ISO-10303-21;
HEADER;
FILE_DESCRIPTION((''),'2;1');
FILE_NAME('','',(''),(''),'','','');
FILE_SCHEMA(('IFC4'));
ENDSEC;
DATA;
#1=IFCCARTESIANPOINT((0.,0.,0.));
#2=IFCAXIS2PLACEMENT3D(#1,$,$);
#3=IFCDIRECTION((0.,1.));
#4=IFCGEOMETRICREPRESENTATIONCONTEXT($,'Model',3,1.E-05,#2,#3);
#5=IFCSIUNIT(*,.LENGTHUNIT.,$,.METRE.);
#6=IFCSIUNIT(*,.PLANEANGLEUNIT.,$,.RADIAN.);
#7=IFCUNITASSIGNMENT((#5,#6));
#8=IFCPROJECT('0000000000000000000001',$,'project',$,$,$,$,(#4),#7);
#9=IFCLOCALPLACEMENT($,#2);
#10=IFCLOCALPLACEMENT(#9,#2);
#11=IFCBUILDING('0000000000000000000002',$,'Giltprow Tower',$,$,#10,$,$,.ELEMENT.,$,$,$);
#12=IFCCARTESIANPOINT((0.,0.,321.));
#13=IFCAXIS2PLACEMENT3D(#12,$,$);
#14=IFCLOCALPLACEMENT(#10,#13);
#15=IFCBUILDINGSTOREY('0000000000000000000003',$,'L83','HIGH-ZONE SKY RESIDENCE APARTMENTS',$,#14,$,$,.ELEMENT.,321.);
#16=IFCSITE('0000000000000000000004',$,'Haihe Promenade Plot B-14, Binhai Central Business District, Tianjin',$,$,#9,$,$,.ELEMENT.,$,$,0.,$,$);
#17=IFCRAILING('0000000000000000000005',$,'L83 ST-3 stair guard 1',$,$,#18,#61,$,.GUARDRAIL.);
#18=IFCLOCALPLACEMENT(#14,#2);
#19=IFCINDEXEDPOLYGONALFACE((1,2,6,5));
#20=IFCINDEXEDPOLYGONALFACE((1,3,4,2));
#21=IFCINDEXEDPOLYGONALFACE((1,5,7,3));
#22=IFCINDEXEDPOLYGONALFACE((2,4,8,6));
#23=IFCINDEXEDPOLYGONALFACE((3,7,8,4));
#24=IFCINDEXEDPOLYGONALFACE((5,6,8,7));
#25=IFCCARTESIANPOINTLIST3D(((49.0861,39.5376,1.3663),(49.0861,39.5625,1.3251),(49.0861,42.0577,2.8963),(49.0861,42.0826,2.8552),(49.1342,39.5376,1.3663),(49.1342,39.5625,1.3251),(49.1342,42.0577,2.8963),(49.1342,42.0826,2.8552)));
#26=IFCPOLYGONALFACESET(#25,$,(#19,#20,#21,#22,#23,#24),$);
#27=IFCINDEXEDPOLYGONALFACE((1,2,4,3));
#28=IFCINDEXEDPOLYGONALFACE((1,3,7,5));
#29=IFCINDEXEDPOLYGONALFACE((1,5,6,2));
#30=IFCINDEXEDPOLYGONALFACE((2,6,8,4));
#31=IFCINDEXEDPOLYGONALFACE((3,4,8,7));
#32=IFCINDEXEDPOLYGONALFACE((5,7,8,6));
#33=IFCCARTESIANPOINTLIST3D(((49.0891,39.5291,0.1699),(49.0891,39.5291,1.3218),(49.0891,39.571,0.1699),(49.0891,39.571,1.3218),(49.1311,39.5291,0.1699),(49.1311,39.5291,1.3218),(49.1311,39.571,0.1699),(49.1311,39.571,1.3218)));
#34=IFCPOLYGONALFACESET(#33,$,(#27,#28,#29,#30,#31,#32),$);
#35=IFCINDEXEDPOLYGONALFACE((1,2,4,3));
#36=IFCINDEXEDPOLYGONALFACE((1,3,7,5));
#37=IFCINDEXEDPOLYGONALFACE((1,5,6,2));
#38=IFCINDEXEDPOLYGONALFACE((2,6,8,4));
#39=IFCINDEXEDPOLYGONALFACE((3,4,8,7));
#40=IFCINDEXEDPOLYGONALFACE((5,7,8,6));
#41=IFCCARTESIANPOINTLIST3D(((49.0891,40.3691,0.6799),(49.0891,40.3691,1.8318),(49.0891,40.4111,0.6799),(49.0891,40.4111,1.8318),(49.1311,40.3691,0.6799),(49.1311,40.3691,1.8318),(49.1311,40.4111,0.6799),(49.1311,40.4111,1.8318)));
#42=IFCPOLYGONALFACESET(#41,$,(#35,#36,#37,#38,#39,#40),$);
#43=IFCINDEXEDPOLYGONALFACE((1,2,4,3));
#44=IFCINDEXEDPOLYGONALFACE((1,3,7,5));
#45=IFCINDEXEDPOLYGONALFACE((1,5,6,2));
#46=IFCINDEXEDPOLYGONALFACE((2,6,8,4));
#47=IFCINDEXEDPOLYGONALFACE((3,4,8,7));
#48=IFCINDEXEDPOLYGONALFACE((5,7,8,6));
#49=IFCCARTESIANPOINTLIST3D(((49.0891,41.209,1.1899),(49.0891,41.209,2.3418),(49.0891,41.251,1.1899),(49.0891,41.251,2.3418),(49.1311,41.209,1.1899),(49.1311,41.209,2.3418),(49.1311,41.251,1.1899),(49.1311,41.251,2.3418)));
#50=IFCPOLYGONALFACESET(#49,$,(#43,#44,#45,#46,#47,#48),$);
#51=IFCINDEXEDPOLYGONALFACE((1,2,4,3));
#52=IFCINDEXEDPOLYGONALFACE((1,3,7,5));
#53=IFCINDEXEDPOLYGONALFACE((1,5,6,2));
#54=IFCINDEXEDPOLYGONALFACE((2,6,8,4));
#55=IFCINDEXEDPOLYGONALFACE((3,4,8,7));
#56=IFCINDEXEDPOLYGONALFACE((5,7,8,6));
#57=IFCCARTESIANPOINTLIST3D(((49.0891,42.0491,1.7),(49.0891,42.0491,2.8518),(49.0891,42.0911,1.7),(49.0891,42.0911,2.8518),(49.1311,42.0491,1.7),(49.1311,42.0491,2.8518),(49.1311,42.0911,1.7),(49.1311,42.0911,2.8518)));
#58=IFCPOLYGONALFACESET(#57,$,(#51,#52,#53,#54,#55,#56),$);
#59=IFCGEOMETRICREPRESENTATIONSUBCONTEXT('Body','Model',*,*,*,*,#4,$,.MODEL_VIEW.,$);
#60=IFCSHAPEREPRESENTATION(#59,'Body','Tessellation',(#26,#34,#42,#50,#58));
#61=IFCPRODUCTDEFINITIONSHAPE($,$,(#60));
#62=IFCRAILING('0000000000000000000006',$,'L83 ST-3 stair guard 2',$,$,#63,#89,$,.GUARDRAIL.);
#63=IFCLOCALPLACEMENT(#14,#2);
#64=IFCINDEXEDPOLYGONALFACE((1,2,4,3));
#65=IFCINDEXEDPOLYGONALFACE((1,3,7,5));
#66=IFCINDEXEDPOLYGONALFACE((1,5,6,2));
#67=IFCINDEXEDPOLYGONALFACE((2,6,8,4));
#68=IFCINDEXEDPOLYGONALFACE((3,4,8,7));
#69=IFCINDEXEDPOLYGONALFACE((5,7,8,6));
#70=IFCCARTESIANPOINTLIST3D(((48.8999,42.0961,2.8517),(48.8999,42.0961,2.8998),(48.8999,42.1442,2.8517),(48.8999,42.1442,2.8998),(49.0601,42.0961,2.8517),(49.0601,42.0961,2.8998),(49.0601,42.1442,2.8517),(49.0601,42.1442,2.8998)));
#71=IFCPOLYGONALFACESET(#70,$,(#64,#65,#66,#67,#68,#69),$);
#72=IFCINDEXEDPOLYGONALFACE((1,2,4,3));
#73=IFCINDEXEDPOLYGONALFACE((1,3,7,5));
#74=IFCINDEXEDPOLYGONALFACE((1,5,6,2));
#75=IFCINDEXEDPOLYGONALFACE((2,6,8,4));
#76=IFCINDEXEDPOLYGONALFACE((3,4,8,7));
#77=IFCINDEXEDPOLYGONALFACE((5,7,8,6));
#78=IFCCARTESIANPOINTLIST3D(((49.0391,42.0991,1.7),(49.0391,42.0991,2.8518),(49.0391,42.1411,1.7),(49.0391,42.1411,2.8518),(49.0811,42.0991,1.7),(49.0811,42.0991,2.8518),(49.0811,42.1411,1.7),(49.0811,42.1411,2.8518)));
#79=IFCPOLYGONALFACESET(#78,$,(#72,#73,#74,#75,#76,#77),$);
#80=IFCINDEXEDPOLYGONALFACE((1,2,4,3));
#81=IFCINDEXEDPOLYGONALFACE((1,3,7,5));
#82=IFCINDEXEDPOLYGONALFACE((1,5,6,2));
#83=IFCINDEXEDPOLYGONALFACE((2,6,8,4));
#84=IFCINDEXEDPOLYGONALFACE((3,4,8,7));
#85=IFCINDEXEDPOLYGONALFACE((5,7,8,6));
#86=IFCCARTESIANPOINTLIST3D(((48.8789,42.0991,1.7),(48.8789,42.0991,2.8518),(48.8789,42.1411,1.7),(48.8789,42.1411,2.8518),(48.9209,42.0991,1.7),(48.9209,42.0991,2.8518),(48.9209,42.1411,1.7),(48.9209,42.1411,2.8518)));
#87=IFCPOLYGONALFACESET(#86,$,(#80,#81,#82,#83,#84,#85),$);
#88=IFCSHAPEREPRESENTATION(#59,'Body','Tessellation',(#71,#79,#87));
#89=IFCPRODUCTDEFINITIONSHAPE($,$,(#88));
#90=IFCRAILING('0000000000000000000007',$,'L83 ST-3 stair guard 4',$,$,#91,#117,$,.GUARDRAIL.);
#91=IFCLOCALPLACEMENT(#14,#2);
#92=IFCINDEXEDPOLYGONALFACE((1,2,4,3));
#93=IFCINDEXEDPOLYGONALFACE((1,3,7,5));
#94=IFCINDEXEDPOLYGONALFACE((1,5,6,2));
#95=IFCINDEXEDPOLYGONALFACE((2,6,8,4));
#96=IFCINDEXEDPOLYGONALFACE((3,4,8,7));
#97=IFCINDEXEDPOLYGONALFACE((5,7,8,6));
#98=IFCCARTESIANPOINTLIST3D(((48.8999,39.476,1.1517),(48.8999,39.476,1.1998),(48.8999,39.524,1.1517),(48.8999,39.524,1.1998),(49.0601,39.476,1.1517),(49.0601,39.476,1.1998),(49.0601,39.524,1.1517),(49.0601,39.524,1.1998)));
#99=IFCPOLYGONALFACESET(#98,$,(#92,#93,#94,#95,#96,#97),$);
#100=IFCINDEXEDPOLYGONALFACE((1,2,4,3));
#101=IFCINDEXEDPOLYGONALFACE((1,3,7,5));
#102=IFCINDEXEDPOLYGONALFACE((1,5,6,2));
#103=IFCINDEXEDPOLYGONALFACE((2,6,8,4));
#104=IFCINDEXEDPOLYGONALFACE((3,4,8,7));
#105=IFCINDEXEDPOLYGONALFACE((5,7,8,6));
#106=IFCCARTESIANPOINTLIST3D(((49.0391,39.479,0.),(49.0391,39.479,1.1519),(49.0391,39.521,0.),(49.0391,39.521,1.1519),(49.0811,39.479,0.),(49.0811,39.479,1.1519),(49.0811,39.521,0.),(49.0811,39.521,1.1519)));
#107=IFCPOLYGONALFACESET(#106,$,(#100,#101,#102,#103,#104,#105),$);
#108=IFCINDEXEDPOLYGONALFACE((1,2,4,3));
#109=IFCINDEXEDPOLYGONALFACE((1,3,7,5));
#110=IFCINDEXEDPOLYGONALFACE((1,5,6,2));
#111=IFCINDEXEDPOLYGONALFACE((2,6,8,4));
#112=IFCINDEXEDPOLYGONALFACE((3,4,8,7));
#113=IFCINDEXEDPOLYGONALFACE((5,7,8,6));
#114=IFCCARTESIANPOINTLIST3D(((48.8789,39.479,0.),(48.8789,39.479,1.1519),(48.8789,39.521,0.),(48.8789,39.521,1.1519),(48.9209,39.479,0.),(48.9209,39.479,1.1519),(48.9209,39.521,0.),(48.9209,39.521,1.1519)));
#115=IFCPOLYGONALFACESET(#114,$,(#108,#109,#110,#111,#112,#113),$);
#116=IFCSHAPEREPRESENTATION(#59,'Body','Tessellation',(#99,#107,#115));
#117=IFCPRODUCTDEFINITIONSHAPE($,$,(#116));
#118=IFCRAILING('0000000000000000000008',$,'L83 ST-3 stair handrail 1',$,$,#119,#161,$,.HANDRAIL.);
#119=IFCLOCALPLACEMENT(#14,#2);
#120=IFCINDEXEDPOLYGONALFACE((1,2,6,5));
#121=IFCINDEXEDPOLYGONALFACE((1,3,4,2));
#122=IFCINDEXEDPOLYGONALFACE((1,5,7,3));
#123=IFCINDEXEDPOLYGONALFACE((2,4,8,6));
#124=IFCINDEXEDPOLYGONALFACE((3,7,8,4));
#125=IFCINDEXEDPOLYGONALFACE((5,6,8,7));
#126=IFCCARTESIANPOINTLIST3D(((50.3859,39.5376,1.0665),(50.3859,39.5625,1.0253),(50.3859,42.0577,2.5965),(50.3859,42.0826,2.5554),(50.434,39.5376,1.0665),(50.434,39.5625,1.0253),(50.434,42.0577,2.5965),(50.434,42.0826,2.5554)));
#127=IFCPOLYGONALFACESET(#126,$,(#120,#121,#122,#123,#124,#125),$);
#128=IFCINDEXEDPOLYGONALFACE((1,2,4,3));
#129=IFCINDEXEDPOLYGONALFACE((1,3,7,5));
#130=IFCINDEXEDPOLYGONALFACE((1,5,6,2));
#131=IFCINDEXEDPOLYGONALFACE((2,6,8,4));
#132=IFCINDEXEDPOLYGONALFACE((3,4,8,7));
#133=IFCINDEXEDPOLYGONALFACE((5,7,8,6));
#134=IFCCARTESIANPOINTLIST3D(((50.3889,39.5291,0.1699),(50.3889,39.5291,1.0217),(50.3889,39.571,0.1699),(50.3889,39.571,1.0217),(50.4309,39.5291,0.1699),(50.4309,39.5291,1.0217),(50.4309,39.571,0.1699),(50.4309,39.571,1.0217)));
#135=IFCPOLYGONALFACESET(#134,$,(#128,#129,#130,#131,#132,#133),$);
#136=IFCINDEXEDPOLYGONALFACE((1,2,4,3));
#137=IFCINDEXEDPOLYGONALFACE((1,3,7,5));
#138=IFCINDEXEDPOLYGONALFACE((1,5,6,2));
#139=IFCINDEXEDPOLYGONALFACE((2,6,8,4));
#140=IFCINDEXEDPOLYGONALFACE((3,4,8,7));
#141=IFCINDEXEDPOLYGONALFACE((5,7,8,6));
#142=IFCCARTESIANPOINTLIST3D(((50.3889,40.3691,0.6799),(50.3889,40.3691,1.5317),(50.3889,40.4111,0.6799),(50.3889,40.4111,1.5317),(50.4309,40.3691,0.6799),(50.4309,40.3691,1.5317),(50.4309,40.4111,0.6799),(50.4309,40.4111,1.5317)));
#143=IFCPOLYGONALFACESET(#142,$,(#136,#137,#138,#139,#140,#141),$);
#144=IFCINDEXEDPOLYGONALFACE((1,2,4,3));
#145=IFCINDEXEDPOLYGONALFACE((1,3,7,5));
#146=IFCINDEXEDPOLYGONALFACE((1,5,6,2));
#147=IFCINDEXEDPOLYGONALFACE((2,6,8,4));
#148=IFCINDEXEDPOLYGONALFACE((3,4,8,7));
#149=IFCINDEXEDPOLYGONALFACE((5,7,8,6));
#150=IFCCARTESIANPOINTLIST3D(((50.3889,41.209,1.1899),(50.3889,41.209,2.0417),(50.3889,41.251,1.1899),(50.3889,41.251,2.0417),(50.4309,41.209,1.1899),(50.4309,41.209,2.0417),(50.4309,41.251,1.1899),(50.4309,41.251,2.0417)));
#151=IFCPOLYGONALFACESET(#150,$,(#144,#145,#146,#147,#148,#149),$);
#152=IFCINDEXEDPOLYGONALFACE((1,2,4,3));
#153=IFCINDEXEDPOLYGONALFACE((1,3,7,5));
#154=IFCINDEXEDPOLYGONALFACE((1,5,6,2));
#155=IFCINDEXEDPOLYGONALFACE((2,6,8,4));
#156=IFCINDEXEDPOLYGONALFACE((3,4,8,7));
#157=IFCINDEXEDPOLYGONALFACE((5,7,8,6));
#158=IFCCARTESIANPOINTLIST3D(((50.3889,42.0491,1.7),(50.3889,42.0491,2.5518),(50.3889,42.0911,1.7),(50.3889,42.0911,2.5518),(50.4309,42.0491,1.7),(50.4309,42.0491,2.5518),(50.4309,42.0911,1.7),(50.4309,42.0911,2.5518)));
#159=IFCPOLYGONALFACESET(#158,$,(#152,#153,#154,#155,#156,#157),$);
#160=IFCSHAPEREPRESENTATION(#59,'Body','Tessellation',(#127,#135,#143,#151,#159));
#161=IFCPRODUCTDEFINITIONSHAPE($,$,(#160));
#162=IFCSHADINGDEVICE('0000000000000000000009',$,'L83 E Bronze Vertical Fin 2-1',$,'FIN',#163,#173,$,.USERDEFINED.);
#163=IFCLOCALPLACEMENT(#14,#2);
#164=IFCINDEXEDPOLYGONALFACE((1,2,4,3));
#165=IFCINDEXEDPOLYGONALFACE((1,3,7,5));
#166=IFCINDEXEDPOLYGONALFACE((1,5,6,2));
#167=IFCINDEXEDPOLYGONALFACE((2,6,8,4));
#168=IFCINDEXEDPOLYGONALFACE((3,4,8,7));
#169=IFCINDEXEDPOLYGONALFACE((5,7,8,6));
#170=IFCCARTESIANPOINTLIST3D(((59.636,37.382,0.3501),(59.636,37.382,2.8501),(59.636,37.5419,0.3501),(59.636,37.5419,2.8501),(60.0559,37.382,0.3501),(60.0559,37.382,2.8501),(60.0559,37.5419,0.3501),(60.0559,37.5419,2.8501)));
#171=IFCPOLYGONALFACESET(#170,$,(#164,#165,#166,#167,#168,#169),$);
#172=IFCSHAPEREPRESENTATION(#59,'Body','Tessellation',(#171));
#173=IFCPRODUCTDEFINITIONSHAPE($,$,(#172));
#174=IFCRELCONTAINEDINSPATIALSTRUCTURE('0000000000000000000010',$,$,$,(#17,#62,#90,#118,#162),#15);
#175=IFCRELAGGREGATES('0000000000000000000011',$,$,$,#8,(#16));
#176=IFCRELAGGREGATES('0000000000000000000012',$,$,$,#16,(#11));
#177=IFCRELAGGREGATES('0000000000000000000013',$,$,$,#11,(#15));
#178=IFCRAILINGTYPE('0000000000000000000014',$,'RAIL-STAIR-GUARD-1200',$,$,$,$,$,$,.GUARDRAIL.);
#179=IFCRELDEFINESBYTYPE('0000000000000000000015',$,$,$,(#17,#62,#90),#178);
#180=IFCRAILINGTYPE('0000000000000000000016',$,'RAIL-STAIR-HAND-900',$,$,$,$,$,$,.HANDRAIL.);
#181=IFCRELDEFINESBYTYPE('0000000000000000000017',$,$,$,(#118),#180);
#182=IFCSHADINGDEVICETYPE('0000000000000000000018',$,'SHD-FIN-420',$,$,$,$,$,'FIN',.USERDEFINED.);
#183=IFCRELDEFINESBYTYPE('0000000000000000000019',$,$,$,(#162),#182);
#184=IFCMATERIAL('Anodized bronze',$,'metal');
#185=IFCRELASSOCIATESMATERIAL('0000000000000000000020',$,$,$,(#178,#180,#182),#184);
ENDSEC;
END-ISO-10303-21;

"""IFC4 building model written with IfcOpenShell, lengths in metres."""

from ifc_helpers import new_model, si_unit, direction, frame, origin, origin_2d, place, context, subcontext, project, spatial, rectangle, extrude, source, transform, mapped, material, type_object, element, save


model = new_model("IFC4")

# Units and contexts
model_context = context("Model", 3, precision=1e-05, world=origin(), true_north=direction((0.0, 1.0)))
body_context = subcontext(model_context, "Body", "Model", "MODEL_VIEW")
ifc_project = project(units=[si_unit("LENGTHUNIT", "METRE"), si_unit("PLANEANGLEUNIT", "RADIAN")], contexts=[model_context])

# Site, building, storey
site_placement = place(None, origin())
site = spatial("IfcSite", under=ifc_project, at=site_placement, Name="Haihe Promenade Plot B-14, Binhai Central Business District, Tianjin", CompositionType="ELEMENT", RefElevation=0.0)
building_placement = place(site_placement, origin())
building = spatial("IfcBuilding", under=site, at=building_placement, Name="Giltprow Tower", CompositionType="ELEMENT")
storey_placement = place(building_placement, frame((0.0, 0.0, 321.0)))
storey = spatial("IfcBuildingStorey", under=building, at=storey_placement, Name="L83", Description="HIGH-ZONE SKY RESIDENCE APARTMENTS", CompositionType="ELEMENT", Elevation=321.0)

# Railings
ifc_material_1 = material(Name="Anodized bronze", Category="metal")
railing_type_1 = type_object("IfcRailingType", Name="RAIL-STAIR-GUARD-1200", PredefinedType="GUARDRAIL", material=ifc_material_1)
railing_1_placement = place(storey_placement, frame((49.1101, 39.55, 0.1699)))
element("IfcRailing", 1, at=railing_1_placement, inside=storey, type_object=railing_type_1, Name="L83 ST-3 stair guard 1", PredefinedType="GUARDRAIL", context=body_context, shape_type="SweptSolid", body=[
    extrude(rectangle(XDim=0.0481, YDim=0.0481, at=origin_2d()), frame((0.0, 0.0, 1.1758), z_axis=(0.0, 0.854785, 0.518982), x_axis=(-1.0, 0.0, 0.0)), (0.0, 0.0, 1.0), 2.9482),
    extrude(rectangle(XDim=0.042, YDim=0.042, at=origin_2d()), origin(), (0.0, 0.0, 1.0), 1.1519),
    extrude(rectangle(XDim=0.042, YDim=0.042, at=origin_2d()), frame((0.0, 0.8401, 0.51)), (0.0, 0.0, 1.0), 1.1519),
    extrude(rectangle(XDim=0.042, YDim=0.042, at=origin_2d()), frame((0.0, 1.6799, 1.02)), (0.0, 0.0, 1.0), 1.1519),
    extrude(rectangle(XDim=0.042, YDim=0.042, at=origin_2d()), frame((0.0, 2.52, 1.53)), (0.0, 0.0, 1.0), 1.1519),
])
for number, where, name in (
    (2, (49.0601, 42.1201, 1.7), "L83 ST-3 stair guard 2"),
    (3, (49.0601, 39.5, 0.0), "L83 ST-3 stair guard 4"),
):
    element("IfcRailing", number, at=place(storey_placement, frame(where)), inside=storey, type_object=railing_type_1, Name=name, PredefinedType="GUARDRAIL", context=body_context, shape_type="SweptSolid", body=[
        extrude(rectangle(XDim=0.0481, YDim=0.0481, at=origin_2d()), frame((0.0, 0.0, 1.1758), z_axis=(-1.0, 0.0, 0.0), x_axis=(0.0, -1.0, 0.0)), (0.0, 0.0, 1.0), 0.1602),
        extrude(rectangle(XDim=0.042, YDim=0.042, at=origin_2d()), origin(), (0.0, 0.0, 1.0), 1.1519),
        extrude(rectangle(XDim=0.042, YDim=0.042, at=origin_2d()), frame((-0.1602, 0.0, 0.0)), (0.0, 0.0, 1.0), 1.1519),
    ])
railing_type_2 = type_object("IfcRailingType", Name="RAIL-STAIR-HAND-900", PredefinedType="HANDRAIL", material=ifc_material_1)
railing_2_placement = place(storey_placement, frame((50.4099, 39.55, 0.1699)))
element("IfcRailing", 4, at=railing_2_placement, inside=storey, type_object=railing_type_2, Name="L83 ST-3 stair handrail 1", PredefinedType="HANDRAIL", context=body_context, shape_type="SweptSolid", body=[
    extrude(rectangle(XDim=0.0481, YDim=0.0481, at=origin_2d()), frame((0.0, 0.0, 0.876), z_axis=(0.0, 0.854785, 0.518982), x_axis=(-1.0, 0.0, 0.0)), (0.0, 0.0, 1.0), 2.9482),
    extrude(rectangle(XDim=0.042, YDim=0.042, at=origin_2d()), origin(), (0.0, 0.0, 1.0), 0.8518),
    extrude(rectangle(XDim=0.042, YDim=0.042, at=origin_2d()), frame((0.0, 0.8401, 0.51)), (0.0, 0.0, 1.0), 0.8518),
    extrude(rectangle(XDim=0.042, YDim=0.042, at=origin_2d()), frame((0.0, 1.6799, 1.02)), (0.0, 0.0, 1.0), 0.8518),
    extrude(rectangle(XDim=0.042, YDim=0.042, at=origin_2d()), frame((0.0, 2.52, 1.53)), (0.0, 0.0, 1.0), 0.8518),
])

# Shading device
shading_device_type = type_object("IfcShadingDeviceType", Name="SHD-FIN-420", ElementType="FIN", PredefinedType="USERDEFINED", material=ifc_material_1)
shared_shape_1 = source(origin(), body_context, "Body", "SweptSolid", [
    extrude(rectangle(XDim=0.4199, YDim=0.1599, at=origin_2d()), origin(), (0.0, 0.0, 1.0), 2.5),
])
shading_device_placement = place(storey_placement, frame((59.8459, 37.4619, 0.3501), z_axis=(0.0, 0.0, 1.0), x_axis=(1.0, 0.0, 0.0)))
element("IfcShadingDevice", 5, at=shading_device_placement, inside=storey, type_object=shading_device_type, Name="L83 E Bronze Vertical Fin 2-1", ObjectType="FIN", PredefinedType="USERDEFINED", context=body_context, shape_type="MappedRepresentation", body=[
    mapped(shared_shape_1, transform((0.0, 0.0, 0.0), x_axis=(1.0, 0.0, 0.0), y_axis=(0.0, 1.0, 0.0), z_axis=(0.0, 0.0, 1.0), scale=1.0)),
])

save(model, "model.ifc")
